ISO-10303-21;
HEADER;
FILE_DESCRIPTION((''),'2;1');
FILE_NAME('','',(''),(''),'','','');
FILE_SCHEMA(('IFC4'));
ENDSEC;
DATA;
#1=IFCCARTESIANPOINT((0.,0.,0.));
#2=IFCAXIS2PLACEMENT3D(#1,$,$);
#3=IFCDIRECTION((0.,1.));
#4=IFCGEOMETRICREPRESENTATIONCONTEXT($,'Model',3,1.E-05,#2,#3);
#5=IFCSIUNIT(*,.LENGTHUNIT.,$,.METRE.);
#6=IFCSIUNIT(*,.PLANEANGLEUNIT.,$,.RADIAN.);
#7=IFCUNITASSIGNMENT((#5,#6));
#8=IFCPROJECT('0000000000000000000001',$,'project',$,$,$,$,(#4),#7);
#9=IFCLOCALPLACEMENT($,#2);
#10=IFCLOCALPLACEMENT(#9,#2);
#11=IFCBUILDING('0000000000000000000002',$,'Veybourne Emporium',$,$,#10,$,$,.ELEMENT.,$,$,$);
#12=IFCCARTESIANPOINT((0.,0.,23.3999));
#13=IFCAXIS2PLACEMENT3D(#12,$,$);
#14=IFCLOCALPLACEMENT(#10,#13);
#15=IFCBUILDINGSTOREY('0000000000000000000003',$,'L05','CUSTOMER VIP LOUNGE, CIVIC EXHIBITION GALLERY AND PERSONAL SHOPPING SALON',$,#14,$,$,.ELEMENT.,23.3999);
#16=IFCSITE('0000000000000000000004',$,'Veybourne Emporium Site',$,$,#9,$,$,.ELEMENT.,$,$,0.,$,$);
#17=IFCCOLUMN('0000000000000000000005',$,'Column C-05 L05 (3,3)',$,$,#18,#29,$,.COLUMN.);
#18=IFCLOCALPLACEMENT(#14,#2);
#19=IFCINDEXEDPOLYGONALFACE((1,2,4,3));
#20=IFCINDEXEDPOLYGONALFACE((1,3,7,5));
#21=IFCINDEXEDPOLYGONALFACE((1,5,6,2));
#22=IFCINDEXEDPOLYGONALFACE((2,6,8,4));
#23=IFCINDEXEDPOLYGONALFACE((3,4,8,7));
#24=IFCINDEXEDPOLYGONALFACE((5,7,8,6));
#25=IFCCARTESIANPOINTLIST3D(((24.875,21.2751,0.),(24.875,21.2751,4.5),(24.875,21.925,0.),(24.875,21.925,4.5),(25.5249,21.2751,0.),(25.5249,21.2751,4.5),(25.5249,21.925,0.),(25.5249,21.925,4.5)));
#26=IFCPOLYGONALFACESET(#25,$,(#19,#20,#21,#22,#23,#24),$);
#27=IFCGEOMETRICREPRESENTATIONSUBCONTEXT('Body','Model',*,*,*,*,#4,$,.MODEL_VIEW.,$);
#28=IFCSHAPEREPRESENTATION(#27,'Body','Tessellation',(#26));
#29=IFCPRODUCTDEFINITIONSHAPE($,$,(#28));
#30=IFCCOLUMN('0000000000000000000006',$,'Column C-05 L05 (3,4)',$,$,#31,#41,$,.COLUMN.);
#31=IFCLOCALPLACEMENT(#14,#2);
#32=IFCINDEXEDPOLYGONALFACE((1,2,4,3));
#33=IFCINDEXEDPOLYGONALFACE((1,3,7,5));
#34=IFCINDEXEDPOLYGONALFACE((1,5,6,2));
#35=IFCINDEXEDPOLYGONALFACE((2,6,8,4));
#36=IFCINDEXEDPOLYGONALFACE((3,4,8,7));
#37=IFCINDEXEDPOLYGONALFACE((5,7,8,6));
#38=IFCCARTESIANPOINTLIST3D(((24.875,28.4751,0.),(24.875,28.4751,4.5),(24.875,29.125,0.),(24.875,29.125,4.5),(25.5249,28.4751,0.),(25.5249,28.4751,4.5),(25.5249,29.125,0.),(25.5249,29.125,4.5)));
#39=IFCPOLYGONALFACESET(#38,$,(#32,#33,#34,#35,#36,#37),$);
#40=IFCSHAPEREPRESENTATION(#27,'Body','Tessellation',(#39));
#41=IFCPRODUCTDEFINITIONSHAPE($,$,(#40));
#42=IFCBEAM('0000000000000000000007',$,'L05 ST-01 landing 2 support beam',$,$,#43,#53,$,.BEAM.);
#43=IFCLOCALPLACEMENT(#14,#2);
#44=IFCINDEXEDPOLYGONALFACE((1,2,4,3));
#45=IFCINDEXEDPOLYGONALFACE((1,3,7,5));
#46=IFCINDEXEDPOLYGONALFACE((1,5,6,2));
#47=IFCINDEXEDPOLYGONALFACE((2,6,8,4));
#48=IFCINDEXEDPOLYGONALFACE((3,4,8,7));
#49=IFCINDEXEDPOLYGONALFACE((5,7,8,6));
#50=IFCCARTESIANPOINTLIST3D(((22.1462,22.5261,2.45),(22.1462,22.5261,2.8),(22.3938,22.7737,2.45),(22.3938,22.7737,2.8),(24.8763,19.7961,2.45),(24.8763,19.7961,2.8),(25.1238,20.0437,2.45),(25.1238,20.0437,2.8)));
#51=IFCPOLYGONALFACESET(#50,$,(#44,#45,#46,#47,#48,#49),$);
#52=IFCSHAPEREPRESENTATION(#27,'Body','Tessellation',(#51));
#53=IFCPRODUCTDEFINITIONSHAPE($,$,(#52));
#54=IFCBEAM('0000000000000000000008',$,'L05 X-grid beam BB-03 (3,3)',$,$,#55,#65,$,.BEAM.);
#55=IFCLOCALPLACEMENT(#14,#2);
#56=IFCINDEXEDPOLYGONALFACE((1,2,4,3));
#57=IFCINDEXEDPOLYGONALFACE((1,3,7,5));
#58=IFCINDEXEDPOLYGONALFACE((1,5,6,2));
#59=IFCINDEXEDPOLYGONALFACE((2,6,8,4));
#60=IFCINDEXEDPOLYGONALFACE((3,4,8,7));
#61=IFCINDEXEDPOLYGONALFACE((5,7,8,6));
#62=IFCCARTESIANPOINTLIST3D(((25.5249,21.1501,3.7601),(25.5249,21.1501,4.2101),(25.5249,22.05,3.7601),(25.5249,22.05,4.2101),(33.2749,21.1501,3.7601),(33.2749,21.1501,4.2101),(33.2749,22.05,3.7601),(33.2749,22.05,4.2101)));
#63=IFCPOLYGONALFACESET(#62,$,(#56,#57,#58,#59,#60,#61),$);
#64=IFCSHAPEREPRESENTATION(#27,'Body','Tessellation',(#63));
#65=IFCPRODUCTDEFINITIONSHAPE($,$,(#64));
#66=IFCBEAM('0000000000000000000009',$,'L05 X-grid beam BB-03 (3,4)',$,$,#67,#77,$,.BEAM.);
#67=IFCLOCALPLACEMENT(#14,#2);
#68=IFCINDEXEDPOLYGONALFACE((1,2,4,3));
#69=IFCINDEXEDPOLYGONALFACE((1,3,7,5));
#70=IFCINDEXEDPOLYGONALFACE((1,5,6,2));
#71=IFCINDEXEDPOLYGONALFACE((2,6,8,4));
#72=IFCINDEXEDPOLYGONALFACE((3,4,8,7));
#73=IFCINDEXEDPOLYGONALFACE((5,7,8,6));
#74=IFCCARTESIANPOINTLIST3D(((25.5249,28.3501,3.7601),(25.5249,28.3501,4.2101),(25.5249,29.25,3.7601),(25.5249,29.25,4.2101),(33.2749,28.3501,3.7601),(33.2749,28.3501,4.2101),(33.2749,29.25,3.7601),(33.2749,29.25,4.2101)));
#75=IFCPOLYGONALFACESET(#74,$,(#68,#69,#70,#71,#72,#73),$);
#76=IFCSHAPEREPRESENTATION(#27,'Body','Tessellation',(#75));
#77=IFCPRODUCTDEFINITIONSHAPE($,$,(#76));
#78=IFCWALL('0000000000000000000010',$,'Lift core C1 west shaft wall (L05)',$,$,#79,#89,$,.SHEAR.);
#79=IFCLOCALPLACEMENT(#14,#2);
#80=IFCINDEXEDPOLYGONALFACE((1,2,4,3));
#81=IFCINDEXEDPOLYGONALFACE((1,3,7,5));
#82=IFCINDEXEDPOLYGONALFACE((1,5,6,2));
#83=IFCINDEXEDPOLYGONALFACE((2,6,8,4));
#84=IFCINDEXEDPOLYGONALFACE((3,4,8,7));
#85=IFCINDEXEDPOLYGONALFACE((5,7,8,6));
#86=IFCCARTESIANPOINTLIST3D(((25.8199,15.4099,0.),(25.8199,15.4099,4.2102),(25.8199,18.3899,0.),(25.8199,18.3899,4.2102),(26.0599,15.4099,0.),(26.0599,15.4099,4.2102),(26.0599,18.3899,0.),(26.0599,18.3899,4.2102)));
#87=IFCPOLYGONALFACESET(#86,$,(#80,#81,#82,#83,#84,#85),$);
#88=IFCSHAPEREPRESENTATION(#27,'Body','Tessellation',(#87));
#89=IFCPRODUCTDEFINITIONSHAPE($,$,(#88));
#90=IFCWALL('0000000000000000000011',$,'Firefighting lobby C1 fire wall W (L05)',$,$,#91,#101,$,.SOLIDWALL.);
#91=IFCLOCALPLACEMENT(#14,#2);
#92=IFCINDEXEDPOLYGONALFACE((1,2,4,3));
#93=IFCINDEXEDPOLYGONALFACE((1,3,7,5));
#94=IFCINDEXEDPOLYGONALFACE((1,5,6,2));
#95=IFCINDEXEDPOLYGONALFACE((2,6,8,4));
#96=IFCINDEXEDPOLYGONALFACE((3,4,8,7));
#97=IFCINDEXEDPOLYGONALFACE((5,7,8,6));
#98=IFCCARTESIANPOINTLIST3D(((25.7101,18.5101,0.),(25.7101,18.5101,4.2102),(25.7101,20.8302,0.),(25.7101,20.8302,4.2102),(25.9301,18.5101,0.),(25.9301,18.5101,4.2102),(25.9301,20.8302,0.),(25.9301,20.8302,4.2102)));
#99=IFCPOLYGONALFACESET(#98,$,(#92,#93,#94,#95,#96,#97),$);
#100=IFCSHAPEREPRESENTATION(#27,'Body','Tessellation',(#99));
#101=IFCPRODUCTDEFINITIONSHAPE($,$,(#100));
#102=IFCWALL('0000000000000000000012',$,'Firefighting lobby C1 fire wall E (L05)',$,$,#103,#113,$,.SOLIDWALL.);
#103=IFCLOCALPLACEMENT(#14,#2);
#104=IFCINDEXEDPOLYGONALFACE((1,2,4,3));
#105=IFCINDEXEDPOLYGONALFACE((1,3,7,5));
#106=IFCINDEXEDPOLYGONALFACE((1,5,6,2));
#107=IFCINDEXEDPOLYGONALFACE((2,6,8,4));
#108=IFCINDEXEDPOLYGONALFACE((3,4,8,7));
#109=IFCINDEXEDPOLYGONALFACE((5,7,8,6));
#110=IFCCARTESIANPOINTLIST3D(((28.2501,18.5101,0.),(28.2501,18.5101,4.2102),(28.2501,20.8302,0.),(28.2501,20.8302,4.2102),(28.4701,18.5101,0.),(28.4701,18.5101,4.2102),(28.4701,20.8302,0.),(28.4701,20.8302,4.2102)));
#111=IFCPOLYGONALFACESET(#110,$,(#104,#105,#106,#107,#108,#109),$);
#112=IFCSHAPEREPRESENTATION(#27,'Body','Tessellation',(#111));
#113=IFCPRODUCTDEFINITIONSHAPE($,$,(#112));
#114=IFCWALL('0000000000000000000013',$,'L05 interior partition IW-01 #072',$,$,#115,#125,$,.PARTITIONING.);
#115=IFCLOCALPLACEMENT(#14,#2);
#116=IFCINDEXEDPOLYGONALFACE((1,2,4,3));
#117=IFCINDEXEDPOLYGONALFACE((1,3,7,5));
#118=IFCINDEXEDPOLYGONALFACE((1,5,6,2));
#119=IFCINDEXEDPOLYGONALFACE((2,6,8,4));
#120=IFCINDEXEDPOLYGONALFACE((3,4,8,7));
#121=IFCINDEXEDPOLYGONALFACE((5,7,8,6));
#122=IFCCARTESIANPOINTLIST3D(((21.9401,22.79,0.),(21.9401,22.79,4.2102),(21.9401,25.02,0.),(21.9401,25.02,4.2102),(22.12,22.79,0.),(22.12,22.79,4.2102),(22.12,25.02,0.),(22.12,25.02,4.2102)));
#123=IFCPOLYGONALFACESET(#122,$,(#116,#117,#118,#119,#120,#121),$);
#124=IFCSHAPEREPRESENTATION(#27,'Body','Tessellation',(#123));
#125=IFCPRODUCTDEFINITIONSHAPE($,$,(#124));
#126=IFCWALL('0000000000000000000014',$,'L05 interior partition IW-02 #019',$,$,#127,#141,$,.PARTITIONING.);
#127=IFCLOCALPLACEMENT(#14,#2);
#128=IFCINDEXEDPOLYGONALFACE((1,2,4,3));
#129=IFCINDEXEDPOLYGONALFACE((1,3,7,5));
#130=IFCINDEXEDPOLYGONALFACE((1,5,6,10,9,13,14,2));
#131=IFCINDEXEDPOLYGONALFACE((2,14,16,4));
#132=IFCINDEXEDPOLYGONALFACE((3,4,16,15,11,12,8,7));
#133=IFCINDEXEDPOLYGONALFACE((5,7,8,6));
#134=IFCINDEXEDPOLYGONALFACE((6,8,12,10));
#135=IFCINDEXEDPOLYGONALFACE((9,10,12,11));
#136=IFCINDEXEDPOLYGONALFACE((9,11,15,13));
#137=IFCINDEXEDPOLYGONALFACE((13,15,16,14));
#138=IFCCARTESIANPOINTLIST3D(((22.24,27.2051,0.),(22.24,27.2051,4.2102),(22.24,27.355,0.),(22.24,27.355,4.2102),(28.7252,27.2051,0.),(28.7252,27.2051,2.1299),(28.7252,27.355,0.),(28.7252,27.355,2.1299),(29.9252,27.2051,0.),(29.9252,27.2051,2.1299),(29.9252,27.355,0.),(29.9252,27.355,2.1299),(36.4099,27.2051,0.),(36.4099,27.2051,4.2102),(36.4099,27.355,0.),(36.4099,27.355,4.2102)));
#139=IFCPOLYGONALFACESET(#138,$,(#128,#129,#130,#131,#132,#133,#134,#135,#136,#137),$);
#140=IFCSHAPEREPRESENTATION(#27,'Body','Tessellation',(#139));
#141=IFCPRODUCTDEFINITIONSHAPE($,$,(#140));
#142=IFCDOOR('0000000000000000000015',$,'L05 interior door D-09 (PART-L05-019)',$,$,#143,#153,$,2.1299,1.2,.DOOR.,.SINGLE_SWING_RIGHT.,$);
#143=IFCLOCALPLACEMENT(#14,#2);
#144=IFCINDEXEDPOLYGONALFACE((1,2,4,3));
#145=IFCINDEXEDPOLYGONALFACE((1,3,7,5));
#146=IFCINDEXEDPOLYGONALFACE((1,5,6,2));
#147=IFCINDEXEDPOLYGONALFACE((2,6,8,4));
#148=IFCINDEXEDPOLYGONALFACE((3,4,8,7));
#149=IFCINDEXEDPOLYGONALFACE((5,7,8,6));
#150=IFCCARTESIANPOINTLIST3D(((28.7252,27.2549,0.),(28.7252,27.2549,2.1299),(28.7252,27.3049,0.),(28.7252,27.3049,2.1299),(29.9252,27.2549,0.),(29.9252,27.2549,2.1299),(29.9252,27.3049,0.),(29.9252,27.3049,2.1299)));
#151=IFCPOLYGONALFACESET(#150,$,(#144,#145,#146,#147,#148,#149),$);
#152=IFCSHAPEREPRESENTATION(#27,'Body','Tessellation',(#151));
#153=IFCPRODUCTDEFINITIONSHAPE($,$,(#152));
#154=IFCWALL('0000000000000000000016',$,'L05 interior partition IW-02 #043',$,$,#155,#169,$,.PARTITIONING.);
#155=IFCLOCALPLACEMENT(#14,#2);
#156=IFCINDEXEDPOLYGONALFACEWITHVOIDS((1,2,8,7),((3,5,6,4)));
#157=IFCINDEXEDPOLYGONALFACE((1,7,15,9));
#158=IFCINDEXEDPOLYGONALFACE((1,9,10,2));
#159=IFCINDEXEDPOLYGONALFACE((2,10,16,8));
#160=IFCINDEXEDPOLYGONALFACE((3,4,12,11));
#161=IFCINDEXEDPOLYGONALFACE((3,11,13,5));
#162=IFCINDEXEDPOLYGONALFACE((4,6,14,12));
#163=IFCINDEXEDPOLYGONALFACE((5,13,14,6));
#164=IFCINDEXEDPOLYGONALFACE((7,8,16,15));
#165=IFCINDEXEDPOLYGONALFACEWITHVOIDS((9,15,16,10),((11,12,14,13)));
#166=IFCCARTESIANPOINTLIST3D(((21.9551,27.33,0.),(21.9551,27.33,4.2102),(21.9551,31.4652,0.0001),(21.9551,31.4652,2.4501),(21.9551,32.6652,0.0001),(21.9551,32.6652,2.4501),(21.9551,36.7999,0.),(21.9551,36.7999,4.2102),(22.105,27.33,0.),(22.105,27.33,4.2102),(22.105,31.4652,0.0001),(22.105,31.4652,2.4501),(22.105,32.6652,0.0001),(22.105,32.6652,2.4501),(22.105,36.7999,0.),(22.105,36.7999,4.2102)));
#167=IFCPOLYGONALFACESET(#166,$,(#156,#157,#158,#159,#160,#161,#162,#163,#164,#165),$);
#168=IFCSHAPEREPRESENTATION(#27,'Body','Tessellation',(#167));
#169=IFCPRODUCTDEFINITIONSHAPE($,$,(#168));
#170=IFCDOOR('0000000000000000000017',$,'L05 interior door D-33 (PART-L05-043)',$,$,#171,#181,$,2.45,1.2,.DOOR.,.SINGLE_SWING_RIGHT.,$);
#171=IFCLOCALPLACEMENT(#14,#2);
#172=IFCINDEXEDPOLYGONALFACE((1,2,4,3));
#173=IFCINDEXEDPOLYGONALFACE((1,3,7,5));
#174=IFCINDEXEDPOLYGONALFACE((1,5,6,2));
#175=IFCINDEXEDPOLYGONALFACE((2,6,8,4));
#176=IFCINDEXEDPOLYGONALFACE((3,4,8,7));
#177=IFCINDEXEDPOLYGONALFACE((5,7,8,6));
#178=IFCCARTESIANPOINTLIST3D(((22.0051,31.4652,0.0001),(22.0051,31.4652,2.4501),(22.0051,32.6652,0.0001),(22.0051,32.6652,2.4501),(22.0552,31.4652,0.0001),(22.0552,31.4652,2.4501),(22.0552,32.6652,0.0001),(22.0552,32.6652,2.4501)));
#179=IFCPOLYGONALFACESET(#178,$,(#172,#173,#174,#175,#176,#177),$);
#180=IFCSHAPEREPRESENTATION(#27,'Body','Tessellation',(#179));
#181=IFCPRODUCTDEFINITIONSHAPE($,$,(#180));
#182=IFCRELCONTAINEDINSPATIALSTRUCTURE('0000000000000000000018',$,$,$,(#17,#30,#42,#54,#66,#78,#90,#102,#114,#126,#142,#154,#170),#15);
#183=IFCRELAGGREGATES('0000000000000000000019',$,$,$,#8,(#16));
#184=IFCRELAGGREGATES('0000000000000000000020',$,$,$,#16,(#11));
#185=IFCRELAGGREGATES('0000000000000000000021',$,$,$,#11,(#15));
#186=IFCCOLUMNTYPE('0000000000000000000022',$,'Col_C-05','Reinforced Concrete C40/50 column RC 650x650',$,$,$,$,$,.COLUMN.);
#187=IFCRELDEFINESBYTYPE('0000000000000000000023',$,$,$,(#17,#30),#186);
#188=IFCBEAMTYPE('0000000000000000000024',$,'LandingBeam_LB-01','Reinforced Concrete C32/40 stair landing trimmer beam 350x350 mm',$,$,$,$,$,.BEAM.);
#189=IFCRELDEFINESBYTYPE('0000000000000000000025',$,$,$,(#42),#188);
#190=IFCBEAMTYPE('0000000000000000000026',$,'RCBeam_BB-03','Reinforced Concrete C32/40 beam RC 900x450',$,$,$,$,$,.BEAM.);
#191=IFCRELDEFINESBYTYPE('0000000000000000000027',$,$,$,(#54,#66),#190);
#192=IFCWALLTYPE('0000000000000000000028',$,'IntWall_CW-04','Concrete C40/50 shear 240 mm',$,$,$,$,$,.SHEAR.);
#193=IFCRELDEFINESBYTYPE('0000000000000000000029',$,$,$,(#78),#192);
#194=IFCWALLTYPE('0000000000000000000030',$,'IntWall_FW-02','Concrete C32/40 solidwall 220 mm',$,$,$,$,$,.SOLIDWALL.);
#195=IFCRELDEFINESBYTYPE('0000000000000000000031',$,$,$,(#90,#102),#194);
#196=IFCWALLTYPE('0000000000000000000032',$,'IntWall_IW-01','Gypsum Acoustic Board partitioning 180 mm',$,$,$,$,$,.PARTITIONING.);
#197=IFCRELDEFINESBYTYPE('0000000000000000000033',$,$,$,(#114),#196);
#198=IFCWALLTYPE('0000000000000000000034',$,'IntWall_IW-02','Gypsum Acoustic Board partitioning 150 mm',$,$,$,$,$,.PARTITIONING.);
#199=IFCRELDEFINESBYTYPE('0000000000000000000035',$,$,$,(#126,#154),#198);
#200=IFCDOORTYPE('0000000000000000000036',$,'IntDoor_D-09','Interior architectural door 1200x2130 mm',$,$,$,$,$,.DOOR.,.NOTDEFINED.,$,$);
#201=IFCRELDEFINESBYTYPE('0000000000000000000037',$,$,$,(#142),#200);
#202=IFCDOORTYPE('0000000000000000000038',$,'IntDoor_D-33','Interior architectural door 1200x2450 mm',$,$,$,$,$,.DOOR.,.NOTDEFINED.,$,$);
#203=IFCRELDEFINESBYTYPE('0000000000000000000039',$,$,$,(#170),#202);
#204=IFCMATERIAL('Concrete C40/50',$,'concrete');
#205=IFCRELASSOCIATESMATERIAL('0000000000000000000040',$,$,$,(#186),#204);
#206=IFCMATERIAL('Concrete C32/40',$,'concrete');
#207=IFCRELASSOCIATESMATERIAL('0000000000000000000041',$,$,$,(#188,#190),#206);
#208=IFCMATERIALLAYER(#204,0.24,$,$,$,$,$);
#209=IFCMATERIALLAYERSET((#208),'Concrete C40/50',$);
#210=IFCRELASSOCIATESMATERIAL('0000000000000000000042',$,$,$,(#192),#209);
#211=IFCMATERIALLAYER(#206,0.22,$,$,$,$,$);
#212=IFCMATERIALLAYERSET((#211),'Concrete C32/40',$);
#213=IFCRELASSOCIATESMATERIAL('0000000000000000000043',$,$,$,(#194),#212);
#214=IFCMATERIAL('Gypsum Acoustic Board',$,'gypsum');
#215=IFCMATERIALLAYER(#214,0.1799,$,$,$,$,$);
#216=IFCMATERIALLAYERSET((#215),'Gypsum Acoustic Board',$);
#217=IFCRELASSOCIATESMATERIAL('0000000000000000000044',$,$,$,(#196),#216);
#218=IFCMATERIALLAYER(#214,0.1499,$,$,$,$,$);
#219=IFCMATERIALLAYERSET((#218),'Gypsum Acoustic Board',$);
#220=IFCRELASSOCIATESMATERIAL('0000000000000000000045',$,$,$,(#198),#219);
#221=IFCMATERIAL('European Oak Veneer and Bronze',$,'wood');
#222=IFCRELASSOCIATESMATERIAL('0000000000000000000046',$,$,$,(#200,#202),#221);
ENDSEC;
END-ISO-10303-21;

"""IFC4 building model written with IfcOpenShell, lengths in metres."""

from ifc_helpers import new_model, si_unit, direction, frame, frame_2d, origin, origin_2d, place, context, subcontext, project, spatial, rectangle, extrude, material, layer, layer_set, material_profile, profile_set, type_object, element, fill, save


model = new_model("IFC4")

# Units and contexts
model_context = context("Model", 3, precision=1e-05, world=origin(), true_north=direction((0.0, 1.0)))
body_context = subcontext(model_context, "Body", "Model", "MODEL_VIEW")
ifc_project = project(units=[si_unit("LENGTHUNIT", "METRE"), si_unit("PLANEANGLEUNIT", "RADIAN")], contexts=[model_context])

# Site, building, storey
site_placement = place(None, origin())
site = spatial("IfcSite", under=ifc_project, at=site_placement, Name="Veybourne Emporium Site", CompositionType="ELEMENT", RefElevation=0.0)
building_placement = place(site_placement, origin())
building = spatial("IfcBuilding", under=site, at=building_placement, Name="Veybourne Emporium", CompositionType="ELEMENT")
storey_placement = place(building_placement, frame((0.0, 0.0, 23.3999)))
storey = spatial("IfcBuildingStorey", under=building, at=storey_placement, Name="L05", Description="CUSTOMER VIP LOUNGE, CIVIC EXHIBITION GALLERY AND PERSONAL SHOPPING SALON", CompositionType="ELEMENT", Elevation=23.3999)

# Columns
ifc_material_1 = material(Name="Concrete C40/50", Category="concrete")
ifc_material_profile_1 = material_profile(ifc_material_1, rectangle(XDim=0.6499, YDim=0.6499, at=origin_2d()), Name="RC 650x650")
ifc_profile_set_1 = profile_set([ifc_material_profile_1], Name="Concrete C40/50")
column_type = type_object("IfcColumnType", Name="Col_C-05", Description="Reinforced Concrete C40/50 column RC 650x650", PredefinedType="COLUMN", material=ifc_profile_set_1)
for number, where, z_axis, x_axis, name in (
    (1, (25.2, 21.6001, 0.0), (0.0, 0.0, 1.0), (1.0, 0.0, 0.0), "Column C-05 L05 (3,3)"),
    (2, (25.2, 28.8, 0.0), (0.0, 0.0, 1.0), (1.0, 0.0, 0.0), "Column C-05 L05 (3,4)"),
):
    element("IfcColumn", number, at=place(storey_placement, frame(where, z_axis=z_axis, x_axis=x_axis)), inside=storey, type_object=column_type, Name=name, PredefinedType="COLUMN", context=body_context, shape_type="SweptSolid", body=[
        extrude(rectangle(XDim=0.6499, YDim=0.6499, at=origin_2d()), origin(), (0.0, 0.0, 1.0), 4.5),
    ])

# Beams
ifc_material_2 = material(Name="Concrete C32/40", Category="concrete")
ifc_material_profile_2 = material_profile(ifc_material_2, rectangle(XDim=0.3501, YDim=0.3501, at=origin_2d()), Name="RC 350x350")
ifc_profile_set_2 = profile_set([ifc_material_profile_2], Name="Concrete C32/40")
beam_type_1 = type_object("IfcBeamType", Name="LandingBeam_LB-01", Description="Reinforced Concrete C32/40 stair landing trimmer beam 350x350 mm", PredefinedType="BEAM", material=ifc_profile_set_2)
beam_placement = place(storey_placement, frame((22.27, 22.6499, 2.625), z_axis=(0.707107, -0.707107, 0.0), x_axis=(0.707107, 0.707107, 0.0)))
element("IfcBeam", 3, at=beam_placement, inside=storey, type_object=beam_type_1, Name="L05 ST-01 landing 2 support beam", PredefinedType="BEAM", context=body_context, shape_type="SweptSolid", body=[
    extrude(rectangle(XDim=0.3501, YDim=0.3501, at=origin_2d()), origin(), (0.0, 0.0, 1.0), 3.8608),
])
ifc_material_profile_3 = material_profile(ifc_material_2, rectangle(XDim=0.8999, YDim=0.45, at=origin_2d()), Name="RC 900x450")
ifc_profile_set_3 = profile_set([ifc_material_profile_3], Name="Concrete C32/40")
beam_type_2 = type_object("IfcBeamType", Name="RCBeam_BB-03", Description="Reinforced Concrete C32/40 beam RC 900x450", PredefinedType="BEAM", material=ifc_profile_set_3)
for number, where, z_axis, x_axis, name in (
    (4, (25.5249, 21.6001, 3.9851), (1.0, 0.0, 0.0), (0.0, 1.0, 0.0), "L05 X-grid beam BB-03 (3,3)"),
    (5, (25.5249, 28.8, 3.9851), (1.0, 0.0, 0.0), (0.0, 1.0, 0.0), "L05 X-grid beam BB-03 (3,4)"),
):
    element("IfcBeam", number, at=place(storey_placement, frame(where, z_axis=z_axis, x_axis=x_axis)), inside=storey, type_object=beam_type_2, Name=name, PredefinedType="BEAM", context=body_context, shape_type="SweptSolid", body=[
        extrude(rectangle(XDim=0.8999, YDim=0.45, at=origin_2d()), origin(), (0.0, 0.0, 1.0), 7.75),
    ])

# Wall
ifc_layer_1 = layer(ifc_material_1, 0.24)
ifc_layer_set_1 = layer_set([ifc_layer_1], Name="Concrete C40/50")
wall_type_1 = type_object("IfcWallType", Name="IntWall_CW-04", Description="Concrete C40/50 shear 240 mm", PredefinedType="SHEAR", material=ifc_layer_set_1)
wall_1_placement = place(storey_placement, frame((25.9399, 18.3899, 0.0), z_axis=(0.0, 0.0, 1.0), x_axis=(0.0, -1.0, 0.0)))
element("IfcWall", 6, at=wall_1_placement, inside=storey, type_object=wall_type_1, Name="Lift core C1 west shaft wall (L05)", PredefinedType="SHEAR", context=body_context, shape_type="SweptSolid", body=[
    extrude(rectangle(XDim=2.98, YDim=0.24, at=frame_2d((1.49, 0.0))), origin(), (0.0, 0.0, 1.0), 4.2102),
])

# Shared definitions
ifc_layer_2 = layer(ifc_material_2, 0.22)
ifc_layer_set_2 = layer_set([ifc_layer_2], Name="Concrete C32/40")
wall_type_2 = type_object("IfcWallType", Name="IntWall_FW-02", Description="Concrete C32/40 solidwall 220 mm", PredefinedType="SOLIDWALL", material=ifc_layer_set_2)

# Walls
for number, where, z_axis, x_axis, name in (
    (7, (25.8201, 18.51, 0.0), (0.0, 0.0, 1.0), (0.0, 1.0, 0.0), "Firefighting lobby C1 fire wall W (L05)"),
    (8, (28.3601, 18.51, 0.0), (0.0, 0.0, 1.0), (0.0, 1.0, 0.0), "Firefighting lobby C1 fire wall E (L05)"),
):
    element("IfcWall", number, at=place(storey_placement, frame(where, z_axis=z_axis, x_axis=x_axis)), inside=storey, type_object=wall_type_2, Name=name, PredefinedType="SOLIDWALL", context=body_context, shape_type="SweptSolid", body=[
        extrude(rectangle(XDim=2.3201, YDim=0.22, at=frame_2d((1.1602, 0.0))), origin(), (0.0, 0.0, 1.0), 4.2102),
    ])
ifc_material_3 = material(Name="Gypsum Acoustic Board", Category="gypsum")
ifc_layer_3 = layer(ifc_material_3, 0.1799)
ifc_layer_set_3 = layer_set([ifc_layer_3], Name="Gypsum Acoustic Board")
wall_type_3 = type_object("IfcWallType", Name="IntWall_IW-01", Description="Gypsum Acoustic Board partitioning 180 mm", PredefinedType="PARTITIONING", material=ifc_layer_set_3)
wall_2_placement = place(storey_placement, frame((22.03, 22.79, 0.0), z_axis=(0.0, 0.0, 1.0), x_axis=(0.0, 1.0, 0.0)))
element("IfcWall", 9, at=wall_2_placement, inside=storey, type_object=wall_type_3, Name="L05 interior partition IW-01 #072", PredefinedType="PARTITIONING", context=body_context, shape_type="SweptSolid", body=[
    extrude(rectangle(XDim=2.23, YDim=0.1799, at=frame_2d((1.115, 0.0))), origin(), (0.0, 0.0, 1.0), 4.2102),
])

# Walls, openings, doors
ifc_layer_4 = layer(ifc_material_3, 0.1499)
ifc_layer_set_4 = layer_set([ifc_layer_4], Name="Gypsum Acoustic Board")
wall_type_4 = type_object("IfcWallType", Name="IntWall_IW-02", Description="Gypsum Acoustic Board partitioning 150 mm", PredefinedType="PARTITIONING", material=ifc_layer_set_4)
wall_3_placement = place(storey_placement, frame((22.24, 27.28, 0.0), z_axis=(0.0, 0.0, 1.0), x_axis=(1.0, 0.0, 0.0)))
wall_3 = element("IfcWall", 10, at=wall_3_placement, inside=storey, type_object=wall_type_4, Name="L05 interior partition IW-02 #019", PredefinedType="PARTITIONING", context=body_context, shape_type="SweptSolid", body=[
    extrude(rectangle(XDim=14.1699, YDim=0.1499, at=frame_2d((7.085, 0.0))), origin(), (0.0, 0.0, 1.0), 4.2102),
])
opening_1_placement = place(wall_3_placement, frame((6.4851, 0.0, 0.0)))
opening_1 = element("IfcOpeningElement", 11, at=opening_1_placement, cuts=wall_3, PredefinedType="OPENING", context=body_context, shape_type="SweptSolid", body=[
    extrude(rectangle(XDim=1.2, YDim=2.1299, at=frame_2d((0.6001, 1.0649))), frame((0.0, 0.095, 0.0), z_axis=(0.0, -1.0, 0.0), x_axis=(1.0, 0.0, 0.0)), (0.0, 0.0, 1.0), 0.1899),
])
ifc_material_4 = material(Name="European Oak Veneer and Bronze", Category="wood")
door_type_1 = type_object("IfcDoorType", Name="IntDoor_D-09", Description="Interior architectural door 1200x2130 mm", OperationType="NOTDEFINED", PredefinedType="DOOR", material=ifc_material_4)
door_1_placement = place(opening_1_placement, origin())
door_1 = element("IfcDoor", 12, at=door_1_placement, inside=storey, type_object=door_type_1, Name="L05 interior door D-09 (PART-L05-019)", OperationType="SINGLE_SWING_RIGHT", OverallHeight=2.1299, OverallWidth=1.2, PredefinedType="DOOR", context=body_context, shape_type="SweptSolid", body=[
    extrude(rectangle(XDim=1.2, YDim=2.1299, at=frame_2d((0.6001, 1.0649))), frame((0.0, 0.0249, 0.0), z_axis=(0.0, -1.0, 0.0), x_axis=(1.0, 0.0, 0.0)), (0.0, 0.0, 1.0), 0.05),
])
fill(opening_1, door_1)
wall_4_placement = place(storey_placement, frame((22.03, 27.3301, 0.0), z_axis=(0.0, 0.0, 1.0), x_axis=(0.0, 1.0, 0.0)))
wall_4 = element("IfcWall", 13, at=wall_4_placement, inside=storey, type_object=wall_type_4, Name="L05 interior partition IW-02 #043", PredefinedType="PARTITIONING", context=body_context, shape_type="SweptSolid", body=[
    extrude(rectangle(XDim=9.47, YDim=0.1499, at=frame_2d((4.7349, 0.0))), origin(), (0.0, 0.0, 1.0), 4.2102),
])
opening_2_placement = place(wall_4_placement, frame((4.135, 0.0, 0.0)))
opening_2 = element("IfcOpeningElement", 14, at=opening_2_placement, cuts=wall_4, PredefinedType="OPENING", context=body_context, shape_type="SweptSolid", body=[
    extrude(rectangle(XDim=1.2, YDim=2.45, at=frame_2d((0.6001, 1.2251))), frame((0.0, 0.095, 0.0), z_axis=(0.0, -1.0, 0.0), x_axis=(1.0, 0.0, 0.0)), (0.0, 0.0, 1.0), 0.1899),
])
door_type_2 = type_object("IfcDoorType", Name="IntDoor_D-33", Description="Interior architectural door 1200x2450 mm", OperationType="NOTDEFINED", PredefinedType="DOOR", material=ifc_material_4)
door_2_placement = place(opening_2_placement, origin())
door_2 = element("IfcDoor", 15, at=door_2_placement, inside=storey, type_object=door_type_2, Name="L05 interior door D-33 (PART-L05-043)", OperationType="SINGLE_SWING_RIGHT", OverallHeight=2.45, OverallWidth=1.2, PredefinedType="DOOR", context=body_context, shape_type="SweptSolid", body=[
    extrude(rectangle(XDim=1.2, YDim=2.45, at=frame_2d((0.6001, 1.2251))), frame((0.0, 0.0249, 0.0), z_axis=(0.0, -1.0, 0.0), x_axis=(1.0, 0.0, 0.0)), (0.0, 0.0, 1.0), 0.05),
])
fill(opening_2, door_2)

save(model, "model.ifc")
